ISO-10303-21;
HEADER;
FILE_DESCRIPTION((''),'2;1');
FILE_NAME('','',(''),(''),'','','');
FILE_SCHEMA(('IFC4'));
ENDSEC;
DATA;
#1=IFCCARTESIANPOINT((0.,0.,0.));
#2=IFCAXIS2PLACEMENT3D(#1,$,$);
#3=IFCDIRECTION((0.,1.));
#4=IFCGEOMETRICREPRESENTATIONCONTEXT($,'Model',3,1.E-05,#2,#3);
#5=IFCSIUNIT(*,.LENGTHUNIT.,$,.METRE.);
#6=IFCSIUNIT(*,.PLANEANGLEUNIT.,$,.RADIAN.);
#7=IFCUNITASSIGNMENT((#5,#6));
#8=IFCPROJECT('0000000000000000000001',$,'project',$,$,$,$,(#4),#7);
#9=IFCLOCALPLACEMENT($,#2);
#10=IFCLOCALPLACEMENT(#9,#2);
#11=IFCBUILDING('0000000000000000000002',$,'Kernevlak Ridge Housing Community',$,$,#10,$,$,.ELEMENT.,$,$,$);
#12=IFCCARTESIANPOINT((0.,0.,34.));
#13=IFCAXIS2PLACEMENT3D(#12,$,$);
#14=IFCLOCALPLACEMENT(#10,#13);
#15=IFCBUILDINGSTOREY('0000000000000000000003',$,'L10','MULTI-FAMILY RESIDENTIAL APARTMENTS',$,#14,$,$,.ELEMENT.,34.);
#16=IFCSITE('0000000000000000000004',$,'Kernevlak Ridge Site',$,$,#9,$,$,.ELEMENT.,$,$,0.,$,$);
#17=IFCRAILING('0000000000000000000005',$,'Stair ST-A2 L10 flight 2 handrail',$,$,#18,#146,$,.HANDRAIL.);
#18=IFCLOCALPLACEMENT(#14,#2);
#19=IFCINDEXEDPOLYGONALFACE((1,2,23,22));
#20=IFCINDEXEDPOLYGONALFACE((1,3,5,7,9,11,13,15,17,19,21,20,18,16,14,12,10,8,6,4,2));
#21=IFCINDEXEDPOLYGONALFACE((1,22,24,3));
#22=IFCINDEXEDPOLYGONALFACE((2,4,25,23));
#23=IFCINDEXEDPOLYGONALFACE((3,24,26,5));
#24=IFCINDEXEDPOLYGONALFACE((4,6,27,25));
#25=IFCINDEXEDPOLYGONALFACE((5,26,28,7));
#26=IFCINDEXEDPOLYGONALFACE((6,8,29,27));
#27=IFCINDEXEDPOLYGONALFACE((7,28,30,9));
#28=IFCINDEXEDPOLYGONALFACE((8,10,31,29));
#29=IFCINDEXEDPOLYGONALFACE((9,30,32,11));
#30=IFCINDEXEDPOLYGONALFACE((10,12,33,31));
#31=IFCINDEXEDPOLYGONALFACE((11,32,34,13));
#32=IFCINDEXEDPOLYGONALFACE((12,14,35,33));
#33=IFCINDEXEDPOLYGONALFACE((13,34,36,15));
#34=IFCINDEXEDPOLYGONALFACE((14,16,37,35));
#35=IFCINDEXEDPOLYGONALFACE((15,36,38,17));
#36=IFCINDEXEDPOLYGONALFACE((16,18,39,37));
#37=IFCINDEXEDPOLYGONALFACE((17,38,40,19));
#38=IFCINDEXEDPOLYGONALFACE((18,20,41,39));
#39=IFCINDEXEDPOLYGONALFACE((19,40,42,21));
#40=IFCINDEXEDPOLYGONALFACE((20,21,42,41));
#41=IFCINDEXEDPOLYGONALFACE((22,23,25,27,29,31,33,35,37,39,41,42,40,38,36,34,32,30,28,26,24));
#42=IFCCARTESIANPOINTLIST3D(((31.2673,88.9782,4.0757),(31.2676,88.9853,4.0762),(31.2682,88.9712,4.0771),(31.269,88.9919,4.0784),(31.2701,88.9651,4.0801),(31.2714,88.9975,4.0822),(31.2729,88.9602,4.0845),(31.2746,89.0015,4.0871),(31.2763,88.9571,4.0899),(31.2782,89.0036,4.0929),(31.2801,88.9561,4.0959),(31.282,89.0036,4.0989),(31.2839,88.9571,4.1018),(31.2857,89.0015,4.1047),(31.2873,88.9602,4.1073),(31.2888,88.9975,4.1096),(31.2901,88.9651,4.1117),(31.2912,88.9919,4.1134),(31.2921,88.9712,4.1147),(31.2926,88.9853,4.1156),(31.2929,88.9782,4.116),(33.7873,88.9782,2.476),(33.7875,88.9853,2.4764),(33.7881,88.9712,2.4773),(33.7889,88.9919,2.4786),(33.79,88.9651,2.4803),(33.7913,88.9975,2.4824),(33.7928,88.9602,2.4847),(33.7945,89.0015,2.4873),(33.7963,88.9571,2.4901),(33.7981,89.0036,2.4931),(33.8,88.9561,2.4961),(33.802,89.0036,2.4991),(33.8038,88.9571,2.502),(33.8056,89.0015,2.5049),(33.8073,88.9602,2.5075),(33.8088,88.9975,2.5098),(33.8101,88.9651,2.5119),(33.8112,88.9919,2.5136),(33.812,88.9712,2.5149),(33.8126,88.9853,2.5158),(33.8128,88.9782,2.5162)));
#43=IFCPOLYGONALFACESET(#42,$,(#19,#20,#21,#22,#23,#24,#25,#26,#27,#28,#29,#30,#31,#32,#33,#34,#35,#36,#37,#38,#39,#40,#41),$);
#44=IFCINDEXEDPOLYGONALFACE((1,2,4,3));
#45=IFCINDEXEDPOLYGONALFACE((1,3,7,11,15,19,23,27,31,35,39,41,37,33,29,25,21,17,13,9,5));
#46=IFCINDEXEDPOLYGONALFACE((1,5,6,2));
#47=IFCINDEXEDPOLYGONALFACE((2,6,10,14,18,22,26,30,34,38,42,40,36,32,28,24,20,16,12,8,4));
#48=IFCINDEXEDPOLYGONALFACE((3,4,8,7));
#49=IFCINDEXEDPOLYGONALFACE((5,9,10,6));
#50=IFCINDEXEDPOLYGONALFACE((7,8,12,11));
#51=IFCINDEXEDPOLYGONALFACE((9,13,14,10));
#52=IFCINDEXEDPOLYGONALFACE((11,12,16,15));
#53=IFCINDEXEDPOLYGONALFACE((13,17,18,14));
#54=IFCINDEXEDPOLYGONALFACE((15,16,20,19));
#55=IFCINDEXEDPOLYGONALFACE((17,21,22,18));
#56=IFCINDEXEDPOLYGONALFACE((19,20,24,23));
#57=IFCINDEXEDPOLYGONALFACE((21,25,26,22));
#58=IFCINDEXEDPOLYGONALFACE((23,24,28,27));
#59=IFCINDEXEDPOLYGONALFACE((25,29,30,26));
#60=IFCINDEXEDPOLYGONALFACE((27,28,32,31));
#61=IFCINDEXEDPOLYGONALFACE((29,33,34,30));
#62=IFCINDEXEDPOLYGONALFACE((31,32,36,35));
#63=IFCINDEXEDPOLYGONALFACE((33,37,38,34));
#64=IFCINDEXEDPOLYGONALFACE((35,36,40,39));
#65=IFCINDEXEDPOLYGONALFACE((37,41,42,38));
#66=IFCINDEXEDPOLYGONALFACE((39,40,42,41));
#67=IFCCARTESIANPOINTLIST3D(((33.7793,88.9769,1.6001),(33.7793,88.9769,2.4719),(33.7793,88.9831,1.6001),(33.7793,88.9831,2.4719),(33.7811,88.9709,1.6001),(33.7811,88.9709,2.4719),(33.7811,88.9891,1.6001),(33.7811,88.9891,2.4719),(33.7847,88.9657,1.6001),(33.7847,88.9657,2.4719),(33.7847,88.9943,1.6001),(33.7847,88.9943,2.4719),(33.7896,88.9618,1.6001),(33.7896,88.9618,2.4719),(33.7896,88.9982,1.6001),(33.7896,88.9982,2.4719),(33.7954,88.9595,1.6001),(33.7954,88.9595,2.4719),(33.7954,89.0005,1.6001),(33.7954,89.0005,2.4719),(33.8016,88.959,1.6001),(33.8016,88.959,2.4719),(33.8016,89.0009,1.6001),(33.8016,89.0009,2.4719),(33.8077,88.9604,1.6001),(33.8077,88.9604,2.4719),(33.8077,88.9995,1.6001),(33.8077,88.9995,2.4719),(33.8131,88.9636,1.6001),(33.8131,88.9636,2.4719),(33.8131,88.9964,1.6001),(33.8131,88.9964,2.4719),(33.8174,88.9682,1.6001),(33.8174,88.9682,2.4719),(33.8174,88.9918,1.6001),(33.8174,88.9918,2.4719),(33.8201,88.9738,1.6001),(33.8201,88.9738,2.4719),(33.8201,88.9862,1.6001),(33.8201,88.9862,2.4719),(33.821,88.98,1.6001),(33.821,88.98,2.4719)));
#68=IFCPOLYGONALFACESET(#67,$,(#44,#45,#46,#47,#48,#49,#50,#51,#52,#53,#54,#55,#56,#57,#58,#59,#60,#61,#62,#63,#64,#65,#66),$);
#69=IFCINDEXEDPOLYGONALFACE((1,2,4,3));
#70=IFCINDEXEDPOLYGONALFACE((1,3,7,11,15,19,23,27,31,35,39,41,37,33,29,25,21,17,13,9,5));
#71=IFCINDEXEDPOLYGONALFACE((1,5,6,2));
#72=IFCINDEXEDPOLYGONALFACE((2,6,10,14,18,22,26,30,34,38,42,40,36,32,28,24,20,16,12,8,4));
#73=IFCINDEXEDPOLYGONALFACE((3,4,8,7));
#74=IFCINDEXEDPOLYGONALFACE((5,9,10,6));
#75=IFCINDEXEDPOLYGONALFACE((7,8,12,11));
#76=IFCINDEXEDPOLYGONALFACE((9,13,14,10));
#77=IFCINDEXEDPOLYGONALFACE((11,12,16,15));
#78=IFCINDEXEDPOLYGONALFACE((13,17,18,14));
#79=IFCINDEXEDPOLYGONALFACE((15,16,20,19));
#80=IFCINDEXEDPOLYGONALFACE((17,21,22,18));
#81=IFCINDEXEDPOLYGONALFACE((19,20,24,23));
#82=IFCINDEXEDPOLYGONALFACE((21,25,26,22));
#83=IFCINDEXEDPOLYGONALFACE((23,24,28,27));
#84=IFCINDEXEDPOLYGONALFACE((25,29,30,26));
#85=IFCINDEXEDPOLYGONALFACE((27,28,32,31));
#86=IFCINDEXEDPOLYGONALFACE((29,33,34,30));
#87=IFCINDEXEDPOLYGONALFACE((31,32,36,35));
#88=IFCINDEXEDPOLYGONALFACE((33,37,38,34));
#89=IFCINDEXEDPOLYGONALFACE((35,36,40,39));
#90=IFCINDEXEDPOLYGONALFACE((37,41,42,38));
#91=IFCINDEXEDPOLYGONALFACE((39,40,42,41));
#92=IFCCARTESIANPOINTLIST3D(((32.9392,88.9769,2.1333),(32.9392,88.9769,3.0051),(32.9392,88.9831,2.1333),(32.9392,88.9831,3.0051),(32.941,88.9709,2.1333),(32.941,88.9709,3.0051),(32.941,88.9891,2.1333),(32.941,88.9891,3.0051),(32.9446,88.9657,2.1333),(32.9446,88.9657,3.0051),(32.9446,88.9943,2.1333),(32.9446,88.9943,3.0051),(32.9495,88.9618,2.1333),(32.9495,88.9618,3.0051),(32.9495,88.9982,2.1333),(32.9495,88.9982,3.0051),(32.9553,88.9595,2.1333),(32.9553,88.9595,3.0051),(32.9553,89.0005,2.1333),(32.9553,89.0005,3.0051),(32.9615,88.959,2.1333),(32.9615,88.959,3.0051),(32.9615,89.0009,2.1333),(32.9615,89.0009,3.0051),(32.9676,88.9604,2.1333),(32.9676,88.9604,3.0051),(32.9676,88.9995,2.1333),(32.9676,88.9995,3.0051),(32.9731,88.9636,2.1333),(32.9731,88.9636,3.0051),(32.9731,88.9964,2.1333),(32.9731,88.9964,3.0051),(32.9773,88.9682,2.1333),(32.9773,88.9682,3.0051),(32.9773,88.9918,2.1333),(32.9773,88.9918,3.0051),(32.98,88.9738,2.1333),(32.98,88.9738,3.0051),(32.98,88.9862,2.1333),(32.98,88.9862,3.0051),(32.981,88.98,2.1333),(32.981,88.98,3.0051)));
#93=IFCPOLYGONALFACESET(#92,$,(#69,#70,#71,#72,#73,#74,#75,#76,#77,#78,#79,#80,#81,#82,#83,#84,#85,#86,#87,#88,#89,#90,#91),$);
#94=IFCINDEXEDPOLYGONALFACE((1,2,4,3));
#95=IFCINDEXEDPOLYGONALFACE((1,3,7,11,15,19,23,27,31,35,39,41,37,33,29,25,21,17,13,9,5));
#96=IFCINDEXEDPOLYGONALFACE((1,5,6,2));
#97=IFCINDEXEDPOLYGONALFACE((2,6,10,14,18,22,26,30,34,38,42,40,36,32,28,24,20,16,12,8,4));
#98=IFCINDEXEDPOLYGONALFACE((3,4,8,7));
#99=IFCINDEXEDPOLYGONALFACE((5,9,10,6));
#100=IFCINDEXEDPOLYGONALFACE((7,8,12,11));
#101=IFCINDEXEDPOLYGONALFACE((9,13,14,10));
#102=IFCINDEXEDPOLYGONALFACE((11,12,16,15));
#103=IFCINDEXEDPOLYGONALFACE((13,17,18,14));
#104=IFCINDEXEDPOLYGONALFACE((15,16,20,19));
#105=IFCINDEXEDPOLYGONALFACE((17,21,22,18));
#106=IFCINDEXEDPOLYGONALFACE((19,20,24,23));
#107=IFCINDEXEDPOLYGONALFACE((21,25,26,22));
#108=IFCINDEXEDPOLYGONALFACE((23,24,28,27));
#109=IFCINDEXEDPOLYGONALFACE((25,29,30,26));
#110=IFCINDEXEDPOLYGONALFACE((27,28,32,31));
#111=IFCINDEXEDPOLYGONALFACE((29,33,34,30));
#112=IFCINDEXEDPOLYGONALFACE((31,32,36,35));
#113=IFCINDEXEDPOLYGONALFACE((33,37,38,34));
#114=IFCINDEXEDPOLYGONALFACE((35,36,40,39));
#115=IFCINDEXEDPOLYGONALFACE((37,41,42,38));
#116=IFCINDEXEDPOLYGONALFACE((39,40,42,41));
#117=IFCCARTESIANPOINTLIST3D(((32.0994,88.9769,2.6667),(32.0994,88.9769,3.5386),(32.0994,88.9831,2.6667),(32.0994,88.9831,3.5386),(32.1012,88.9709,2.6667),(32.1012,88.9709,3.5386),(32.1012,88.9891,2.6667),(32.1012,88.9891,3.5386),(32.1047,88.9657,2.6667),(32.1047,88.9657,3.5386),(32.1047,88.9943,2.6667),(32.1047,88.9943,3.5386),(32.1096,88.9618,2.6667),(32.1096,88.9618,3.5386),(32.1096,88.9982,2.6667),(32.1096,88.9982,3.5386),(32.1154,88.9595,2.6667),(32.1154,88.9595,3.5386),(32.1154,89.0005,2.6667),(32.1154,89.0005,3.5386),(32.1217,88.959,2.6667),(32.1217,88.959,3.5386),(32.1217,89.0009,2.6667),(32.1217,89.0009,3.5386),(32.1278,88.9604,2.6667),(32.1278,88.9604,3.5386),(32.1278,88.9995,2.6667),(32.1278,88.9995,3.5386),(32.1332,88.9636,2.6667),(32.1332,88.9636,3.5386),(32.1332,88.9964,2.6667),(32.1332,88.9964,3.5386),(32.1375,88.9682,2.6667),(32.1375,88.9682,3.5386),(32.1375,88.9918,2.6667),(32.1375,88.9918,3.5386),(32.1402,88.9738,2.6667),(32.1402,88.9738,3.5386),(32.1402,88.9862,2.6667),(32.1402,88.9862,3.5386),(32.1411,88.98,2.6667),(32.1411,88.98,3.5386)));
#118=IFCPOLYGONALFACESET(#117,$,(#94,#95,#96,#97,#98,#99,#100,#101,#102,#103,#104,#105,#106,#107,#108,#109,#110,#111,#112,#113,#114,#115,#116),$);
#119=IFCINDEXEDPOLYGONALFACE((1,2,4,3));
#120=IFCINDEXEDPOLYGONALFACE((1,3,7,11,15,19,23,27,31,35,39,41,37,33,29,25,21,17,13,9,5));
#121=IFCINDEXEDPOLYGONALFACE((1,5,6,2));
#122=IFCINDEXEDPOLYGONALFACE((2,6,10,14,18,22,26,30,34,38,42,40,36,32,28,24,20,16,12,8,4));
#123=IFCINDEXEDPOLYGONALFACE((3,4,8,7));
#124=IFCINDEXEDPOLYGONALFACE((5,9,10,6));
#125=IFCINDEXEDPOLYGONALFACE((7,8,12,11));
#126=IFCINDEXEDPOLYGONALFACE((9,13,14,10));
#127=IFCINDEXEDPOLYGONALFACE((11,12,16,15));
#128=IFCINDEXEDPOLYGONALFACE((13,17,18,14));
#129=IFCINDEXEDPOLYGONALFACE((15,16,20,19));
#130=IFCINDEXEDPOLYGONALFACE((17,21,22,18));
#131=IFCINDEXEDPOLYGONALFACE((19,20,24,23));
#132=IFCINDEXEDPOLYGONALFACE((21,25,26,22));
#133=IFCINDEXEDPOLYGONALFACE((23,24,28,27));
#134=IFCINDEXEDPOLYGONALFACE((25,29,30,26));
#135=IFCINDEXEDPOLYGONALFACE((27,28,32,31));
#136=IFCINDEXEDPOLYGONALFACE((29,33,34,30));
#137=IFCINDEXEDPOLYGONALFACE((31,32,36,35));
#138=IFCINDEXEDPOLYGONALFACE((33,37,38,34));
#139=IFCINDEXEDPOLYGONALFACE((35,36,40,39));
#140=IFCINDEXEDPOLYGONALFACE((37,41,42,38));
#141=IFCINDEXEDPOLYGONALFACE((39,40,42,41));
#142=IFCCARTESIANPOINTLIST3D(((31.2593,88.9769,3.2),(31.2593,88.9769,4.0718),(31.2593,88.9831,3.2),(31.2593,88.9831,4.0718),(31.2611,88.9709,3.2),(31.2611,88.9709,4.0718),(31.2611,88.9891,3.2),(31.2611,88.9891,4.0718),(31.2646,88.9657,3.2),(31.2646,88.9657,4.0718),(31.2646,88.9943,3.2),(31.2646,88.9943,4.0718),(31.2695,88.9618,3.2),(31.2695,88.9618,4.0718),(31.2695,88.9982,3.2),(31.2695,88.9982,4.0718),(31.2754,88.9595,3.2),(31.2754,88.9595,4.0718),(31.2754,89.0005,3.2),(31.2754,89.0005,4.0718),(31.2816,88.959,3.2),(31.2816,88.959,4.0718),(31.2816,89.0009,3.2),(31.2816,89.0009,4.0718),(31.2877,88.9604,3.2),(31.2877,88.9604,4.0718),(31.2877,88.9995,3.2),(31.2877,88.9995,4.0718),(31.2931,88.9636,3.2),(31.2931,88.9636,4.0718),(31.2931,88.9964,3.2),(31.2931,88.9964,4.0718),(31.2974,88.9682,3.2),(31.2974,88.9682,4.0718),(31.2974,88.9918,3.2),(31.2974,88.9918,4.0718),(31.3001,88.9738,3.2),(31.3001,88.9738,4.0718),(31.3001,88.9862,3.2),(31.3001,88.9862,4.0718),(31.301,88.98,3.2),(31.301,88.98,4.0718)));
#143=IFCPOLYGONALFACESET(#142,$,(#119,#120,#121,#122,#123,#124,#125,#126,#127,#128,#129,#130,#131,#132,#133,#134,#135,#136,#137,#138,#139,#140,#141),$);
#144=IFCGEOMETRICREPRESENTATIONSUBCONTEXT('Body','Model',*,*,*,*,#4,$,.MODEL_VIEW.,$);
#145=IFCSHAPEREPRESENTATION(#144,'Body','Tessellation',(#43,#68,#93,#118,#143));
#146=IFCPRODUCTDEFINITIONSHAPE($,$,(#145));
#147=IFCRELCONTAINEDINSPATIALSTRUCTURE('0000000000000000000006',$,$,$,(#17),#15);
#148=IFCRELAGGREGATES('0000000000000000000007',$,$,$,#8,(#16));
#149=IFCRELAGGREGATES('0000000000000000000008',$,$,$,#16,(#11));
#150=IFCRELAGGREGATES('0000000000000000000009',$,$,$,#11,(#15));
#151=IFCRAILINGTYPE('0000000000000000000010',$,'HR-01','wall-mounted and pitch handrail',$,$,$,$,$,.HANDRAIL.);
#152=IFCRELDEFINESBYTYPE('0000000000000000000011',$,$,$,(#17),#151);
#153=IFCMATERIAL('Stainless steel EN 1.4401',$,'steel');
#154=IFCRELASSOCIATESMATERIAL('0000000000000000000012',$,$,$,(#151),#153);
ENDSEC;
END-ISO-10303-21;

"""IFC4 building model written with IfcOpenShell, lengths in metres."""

from ifc_helpers import new_model, si_unit, direction, frame, origin, origin_2d, place, context, subcontext, project, spatial, circle, extrude, material, type_object, element, save


model = new_model("IFC4")

# Units and contexts
model_context = context("Model", 3, precision=1e-05, world=origin(), true_north=direction((0.0, 1.0)))
body_context = subcontext(model_context, "Body", "Model", "MODEL_VIEW")
ifc_project = project(units=[si_unit("LENGTHUNIT", "METRE"), si_unit("PLANEANGLEUNIT", "RADIAN")], contexts=[model_context])

# Site, building, storey
site_placement = place(None, origin())
site = spatial("IfcSite", under=ifc_project, at=site_placement, Name="Kernevlak Ridge Site", CompositionType="ELEMENT", RefElevation=0.0)
building_placement = place(site_placement, origin())
building = spatial("IfcBuilding", under=site, at=building_placement, Name="Kernevlak Ridge Housing Community", CompositionType="ELEMENT")
storey_placement = place(building_placement, frame((0.0, 0.0, 34.0)))
storey = spatial("IfcBuildingStorey", under=building, at=storey_placement, Name="L10", Description="MULTI-FAMILY RESIDENTIAL APARTMENTS", CompositionType="ELEMENT", Elevation=34.0)

# Railing
ifc_material_1 = material(Name="Stainless steel EN 1.4401", Category="steel")
railing_type_1 = type_object("IfcRailingType", Name="HR-01", Description="wall-mounted and pitch handrail", PredefinedType="HANDRAIL", material=ifc_material_1)
railing_1_placement = place(storey_placement, frame((33.8, 88.98, 1.6001)))
element("IfcRailing", 1, at=railing_1_placement, inside=storey, type_object=railing_type_1, Name="Stair ST-A2 L10 flight 2 handrail", PredefinedType="HANDRAIL", context=body_context, shape_type="SweptSolid", body=[
    extrude(circle(Radius=0.0239, at=origin_2d()), frame((0.0, 0.0, 0.896), z_axis=(-0.844237, 0.0, 0.53597), x_axis=(0.0, -1.0, 0.0)), (0.0, 0.0, 1.0), 2.9849),
    extrude(circle(Radius=0.021, at=origin_2d()), origin(), (0.0, 0.0, 1.0), 0.8718),
    extrude(circle(Radius=0.021, at=origin_2d()), frame((-0.8401, 0.0, 0.5332)), (0.0, 0.0, 1.0), 0.8718),
    extrude(circle(Radius=0.021, at=origin_2d()), frame((-1.6799, 0.0, 1.0667)), (0.0, 0.0, 1.0), 0.8718),
    extrude(circle(Radius=0.021, at=origin_2d()), frame((-2.52, 0.0, 1.5999)), (0.0, 0.0, 1.0), 0.8718),
])

save(model, "model.ifc")
